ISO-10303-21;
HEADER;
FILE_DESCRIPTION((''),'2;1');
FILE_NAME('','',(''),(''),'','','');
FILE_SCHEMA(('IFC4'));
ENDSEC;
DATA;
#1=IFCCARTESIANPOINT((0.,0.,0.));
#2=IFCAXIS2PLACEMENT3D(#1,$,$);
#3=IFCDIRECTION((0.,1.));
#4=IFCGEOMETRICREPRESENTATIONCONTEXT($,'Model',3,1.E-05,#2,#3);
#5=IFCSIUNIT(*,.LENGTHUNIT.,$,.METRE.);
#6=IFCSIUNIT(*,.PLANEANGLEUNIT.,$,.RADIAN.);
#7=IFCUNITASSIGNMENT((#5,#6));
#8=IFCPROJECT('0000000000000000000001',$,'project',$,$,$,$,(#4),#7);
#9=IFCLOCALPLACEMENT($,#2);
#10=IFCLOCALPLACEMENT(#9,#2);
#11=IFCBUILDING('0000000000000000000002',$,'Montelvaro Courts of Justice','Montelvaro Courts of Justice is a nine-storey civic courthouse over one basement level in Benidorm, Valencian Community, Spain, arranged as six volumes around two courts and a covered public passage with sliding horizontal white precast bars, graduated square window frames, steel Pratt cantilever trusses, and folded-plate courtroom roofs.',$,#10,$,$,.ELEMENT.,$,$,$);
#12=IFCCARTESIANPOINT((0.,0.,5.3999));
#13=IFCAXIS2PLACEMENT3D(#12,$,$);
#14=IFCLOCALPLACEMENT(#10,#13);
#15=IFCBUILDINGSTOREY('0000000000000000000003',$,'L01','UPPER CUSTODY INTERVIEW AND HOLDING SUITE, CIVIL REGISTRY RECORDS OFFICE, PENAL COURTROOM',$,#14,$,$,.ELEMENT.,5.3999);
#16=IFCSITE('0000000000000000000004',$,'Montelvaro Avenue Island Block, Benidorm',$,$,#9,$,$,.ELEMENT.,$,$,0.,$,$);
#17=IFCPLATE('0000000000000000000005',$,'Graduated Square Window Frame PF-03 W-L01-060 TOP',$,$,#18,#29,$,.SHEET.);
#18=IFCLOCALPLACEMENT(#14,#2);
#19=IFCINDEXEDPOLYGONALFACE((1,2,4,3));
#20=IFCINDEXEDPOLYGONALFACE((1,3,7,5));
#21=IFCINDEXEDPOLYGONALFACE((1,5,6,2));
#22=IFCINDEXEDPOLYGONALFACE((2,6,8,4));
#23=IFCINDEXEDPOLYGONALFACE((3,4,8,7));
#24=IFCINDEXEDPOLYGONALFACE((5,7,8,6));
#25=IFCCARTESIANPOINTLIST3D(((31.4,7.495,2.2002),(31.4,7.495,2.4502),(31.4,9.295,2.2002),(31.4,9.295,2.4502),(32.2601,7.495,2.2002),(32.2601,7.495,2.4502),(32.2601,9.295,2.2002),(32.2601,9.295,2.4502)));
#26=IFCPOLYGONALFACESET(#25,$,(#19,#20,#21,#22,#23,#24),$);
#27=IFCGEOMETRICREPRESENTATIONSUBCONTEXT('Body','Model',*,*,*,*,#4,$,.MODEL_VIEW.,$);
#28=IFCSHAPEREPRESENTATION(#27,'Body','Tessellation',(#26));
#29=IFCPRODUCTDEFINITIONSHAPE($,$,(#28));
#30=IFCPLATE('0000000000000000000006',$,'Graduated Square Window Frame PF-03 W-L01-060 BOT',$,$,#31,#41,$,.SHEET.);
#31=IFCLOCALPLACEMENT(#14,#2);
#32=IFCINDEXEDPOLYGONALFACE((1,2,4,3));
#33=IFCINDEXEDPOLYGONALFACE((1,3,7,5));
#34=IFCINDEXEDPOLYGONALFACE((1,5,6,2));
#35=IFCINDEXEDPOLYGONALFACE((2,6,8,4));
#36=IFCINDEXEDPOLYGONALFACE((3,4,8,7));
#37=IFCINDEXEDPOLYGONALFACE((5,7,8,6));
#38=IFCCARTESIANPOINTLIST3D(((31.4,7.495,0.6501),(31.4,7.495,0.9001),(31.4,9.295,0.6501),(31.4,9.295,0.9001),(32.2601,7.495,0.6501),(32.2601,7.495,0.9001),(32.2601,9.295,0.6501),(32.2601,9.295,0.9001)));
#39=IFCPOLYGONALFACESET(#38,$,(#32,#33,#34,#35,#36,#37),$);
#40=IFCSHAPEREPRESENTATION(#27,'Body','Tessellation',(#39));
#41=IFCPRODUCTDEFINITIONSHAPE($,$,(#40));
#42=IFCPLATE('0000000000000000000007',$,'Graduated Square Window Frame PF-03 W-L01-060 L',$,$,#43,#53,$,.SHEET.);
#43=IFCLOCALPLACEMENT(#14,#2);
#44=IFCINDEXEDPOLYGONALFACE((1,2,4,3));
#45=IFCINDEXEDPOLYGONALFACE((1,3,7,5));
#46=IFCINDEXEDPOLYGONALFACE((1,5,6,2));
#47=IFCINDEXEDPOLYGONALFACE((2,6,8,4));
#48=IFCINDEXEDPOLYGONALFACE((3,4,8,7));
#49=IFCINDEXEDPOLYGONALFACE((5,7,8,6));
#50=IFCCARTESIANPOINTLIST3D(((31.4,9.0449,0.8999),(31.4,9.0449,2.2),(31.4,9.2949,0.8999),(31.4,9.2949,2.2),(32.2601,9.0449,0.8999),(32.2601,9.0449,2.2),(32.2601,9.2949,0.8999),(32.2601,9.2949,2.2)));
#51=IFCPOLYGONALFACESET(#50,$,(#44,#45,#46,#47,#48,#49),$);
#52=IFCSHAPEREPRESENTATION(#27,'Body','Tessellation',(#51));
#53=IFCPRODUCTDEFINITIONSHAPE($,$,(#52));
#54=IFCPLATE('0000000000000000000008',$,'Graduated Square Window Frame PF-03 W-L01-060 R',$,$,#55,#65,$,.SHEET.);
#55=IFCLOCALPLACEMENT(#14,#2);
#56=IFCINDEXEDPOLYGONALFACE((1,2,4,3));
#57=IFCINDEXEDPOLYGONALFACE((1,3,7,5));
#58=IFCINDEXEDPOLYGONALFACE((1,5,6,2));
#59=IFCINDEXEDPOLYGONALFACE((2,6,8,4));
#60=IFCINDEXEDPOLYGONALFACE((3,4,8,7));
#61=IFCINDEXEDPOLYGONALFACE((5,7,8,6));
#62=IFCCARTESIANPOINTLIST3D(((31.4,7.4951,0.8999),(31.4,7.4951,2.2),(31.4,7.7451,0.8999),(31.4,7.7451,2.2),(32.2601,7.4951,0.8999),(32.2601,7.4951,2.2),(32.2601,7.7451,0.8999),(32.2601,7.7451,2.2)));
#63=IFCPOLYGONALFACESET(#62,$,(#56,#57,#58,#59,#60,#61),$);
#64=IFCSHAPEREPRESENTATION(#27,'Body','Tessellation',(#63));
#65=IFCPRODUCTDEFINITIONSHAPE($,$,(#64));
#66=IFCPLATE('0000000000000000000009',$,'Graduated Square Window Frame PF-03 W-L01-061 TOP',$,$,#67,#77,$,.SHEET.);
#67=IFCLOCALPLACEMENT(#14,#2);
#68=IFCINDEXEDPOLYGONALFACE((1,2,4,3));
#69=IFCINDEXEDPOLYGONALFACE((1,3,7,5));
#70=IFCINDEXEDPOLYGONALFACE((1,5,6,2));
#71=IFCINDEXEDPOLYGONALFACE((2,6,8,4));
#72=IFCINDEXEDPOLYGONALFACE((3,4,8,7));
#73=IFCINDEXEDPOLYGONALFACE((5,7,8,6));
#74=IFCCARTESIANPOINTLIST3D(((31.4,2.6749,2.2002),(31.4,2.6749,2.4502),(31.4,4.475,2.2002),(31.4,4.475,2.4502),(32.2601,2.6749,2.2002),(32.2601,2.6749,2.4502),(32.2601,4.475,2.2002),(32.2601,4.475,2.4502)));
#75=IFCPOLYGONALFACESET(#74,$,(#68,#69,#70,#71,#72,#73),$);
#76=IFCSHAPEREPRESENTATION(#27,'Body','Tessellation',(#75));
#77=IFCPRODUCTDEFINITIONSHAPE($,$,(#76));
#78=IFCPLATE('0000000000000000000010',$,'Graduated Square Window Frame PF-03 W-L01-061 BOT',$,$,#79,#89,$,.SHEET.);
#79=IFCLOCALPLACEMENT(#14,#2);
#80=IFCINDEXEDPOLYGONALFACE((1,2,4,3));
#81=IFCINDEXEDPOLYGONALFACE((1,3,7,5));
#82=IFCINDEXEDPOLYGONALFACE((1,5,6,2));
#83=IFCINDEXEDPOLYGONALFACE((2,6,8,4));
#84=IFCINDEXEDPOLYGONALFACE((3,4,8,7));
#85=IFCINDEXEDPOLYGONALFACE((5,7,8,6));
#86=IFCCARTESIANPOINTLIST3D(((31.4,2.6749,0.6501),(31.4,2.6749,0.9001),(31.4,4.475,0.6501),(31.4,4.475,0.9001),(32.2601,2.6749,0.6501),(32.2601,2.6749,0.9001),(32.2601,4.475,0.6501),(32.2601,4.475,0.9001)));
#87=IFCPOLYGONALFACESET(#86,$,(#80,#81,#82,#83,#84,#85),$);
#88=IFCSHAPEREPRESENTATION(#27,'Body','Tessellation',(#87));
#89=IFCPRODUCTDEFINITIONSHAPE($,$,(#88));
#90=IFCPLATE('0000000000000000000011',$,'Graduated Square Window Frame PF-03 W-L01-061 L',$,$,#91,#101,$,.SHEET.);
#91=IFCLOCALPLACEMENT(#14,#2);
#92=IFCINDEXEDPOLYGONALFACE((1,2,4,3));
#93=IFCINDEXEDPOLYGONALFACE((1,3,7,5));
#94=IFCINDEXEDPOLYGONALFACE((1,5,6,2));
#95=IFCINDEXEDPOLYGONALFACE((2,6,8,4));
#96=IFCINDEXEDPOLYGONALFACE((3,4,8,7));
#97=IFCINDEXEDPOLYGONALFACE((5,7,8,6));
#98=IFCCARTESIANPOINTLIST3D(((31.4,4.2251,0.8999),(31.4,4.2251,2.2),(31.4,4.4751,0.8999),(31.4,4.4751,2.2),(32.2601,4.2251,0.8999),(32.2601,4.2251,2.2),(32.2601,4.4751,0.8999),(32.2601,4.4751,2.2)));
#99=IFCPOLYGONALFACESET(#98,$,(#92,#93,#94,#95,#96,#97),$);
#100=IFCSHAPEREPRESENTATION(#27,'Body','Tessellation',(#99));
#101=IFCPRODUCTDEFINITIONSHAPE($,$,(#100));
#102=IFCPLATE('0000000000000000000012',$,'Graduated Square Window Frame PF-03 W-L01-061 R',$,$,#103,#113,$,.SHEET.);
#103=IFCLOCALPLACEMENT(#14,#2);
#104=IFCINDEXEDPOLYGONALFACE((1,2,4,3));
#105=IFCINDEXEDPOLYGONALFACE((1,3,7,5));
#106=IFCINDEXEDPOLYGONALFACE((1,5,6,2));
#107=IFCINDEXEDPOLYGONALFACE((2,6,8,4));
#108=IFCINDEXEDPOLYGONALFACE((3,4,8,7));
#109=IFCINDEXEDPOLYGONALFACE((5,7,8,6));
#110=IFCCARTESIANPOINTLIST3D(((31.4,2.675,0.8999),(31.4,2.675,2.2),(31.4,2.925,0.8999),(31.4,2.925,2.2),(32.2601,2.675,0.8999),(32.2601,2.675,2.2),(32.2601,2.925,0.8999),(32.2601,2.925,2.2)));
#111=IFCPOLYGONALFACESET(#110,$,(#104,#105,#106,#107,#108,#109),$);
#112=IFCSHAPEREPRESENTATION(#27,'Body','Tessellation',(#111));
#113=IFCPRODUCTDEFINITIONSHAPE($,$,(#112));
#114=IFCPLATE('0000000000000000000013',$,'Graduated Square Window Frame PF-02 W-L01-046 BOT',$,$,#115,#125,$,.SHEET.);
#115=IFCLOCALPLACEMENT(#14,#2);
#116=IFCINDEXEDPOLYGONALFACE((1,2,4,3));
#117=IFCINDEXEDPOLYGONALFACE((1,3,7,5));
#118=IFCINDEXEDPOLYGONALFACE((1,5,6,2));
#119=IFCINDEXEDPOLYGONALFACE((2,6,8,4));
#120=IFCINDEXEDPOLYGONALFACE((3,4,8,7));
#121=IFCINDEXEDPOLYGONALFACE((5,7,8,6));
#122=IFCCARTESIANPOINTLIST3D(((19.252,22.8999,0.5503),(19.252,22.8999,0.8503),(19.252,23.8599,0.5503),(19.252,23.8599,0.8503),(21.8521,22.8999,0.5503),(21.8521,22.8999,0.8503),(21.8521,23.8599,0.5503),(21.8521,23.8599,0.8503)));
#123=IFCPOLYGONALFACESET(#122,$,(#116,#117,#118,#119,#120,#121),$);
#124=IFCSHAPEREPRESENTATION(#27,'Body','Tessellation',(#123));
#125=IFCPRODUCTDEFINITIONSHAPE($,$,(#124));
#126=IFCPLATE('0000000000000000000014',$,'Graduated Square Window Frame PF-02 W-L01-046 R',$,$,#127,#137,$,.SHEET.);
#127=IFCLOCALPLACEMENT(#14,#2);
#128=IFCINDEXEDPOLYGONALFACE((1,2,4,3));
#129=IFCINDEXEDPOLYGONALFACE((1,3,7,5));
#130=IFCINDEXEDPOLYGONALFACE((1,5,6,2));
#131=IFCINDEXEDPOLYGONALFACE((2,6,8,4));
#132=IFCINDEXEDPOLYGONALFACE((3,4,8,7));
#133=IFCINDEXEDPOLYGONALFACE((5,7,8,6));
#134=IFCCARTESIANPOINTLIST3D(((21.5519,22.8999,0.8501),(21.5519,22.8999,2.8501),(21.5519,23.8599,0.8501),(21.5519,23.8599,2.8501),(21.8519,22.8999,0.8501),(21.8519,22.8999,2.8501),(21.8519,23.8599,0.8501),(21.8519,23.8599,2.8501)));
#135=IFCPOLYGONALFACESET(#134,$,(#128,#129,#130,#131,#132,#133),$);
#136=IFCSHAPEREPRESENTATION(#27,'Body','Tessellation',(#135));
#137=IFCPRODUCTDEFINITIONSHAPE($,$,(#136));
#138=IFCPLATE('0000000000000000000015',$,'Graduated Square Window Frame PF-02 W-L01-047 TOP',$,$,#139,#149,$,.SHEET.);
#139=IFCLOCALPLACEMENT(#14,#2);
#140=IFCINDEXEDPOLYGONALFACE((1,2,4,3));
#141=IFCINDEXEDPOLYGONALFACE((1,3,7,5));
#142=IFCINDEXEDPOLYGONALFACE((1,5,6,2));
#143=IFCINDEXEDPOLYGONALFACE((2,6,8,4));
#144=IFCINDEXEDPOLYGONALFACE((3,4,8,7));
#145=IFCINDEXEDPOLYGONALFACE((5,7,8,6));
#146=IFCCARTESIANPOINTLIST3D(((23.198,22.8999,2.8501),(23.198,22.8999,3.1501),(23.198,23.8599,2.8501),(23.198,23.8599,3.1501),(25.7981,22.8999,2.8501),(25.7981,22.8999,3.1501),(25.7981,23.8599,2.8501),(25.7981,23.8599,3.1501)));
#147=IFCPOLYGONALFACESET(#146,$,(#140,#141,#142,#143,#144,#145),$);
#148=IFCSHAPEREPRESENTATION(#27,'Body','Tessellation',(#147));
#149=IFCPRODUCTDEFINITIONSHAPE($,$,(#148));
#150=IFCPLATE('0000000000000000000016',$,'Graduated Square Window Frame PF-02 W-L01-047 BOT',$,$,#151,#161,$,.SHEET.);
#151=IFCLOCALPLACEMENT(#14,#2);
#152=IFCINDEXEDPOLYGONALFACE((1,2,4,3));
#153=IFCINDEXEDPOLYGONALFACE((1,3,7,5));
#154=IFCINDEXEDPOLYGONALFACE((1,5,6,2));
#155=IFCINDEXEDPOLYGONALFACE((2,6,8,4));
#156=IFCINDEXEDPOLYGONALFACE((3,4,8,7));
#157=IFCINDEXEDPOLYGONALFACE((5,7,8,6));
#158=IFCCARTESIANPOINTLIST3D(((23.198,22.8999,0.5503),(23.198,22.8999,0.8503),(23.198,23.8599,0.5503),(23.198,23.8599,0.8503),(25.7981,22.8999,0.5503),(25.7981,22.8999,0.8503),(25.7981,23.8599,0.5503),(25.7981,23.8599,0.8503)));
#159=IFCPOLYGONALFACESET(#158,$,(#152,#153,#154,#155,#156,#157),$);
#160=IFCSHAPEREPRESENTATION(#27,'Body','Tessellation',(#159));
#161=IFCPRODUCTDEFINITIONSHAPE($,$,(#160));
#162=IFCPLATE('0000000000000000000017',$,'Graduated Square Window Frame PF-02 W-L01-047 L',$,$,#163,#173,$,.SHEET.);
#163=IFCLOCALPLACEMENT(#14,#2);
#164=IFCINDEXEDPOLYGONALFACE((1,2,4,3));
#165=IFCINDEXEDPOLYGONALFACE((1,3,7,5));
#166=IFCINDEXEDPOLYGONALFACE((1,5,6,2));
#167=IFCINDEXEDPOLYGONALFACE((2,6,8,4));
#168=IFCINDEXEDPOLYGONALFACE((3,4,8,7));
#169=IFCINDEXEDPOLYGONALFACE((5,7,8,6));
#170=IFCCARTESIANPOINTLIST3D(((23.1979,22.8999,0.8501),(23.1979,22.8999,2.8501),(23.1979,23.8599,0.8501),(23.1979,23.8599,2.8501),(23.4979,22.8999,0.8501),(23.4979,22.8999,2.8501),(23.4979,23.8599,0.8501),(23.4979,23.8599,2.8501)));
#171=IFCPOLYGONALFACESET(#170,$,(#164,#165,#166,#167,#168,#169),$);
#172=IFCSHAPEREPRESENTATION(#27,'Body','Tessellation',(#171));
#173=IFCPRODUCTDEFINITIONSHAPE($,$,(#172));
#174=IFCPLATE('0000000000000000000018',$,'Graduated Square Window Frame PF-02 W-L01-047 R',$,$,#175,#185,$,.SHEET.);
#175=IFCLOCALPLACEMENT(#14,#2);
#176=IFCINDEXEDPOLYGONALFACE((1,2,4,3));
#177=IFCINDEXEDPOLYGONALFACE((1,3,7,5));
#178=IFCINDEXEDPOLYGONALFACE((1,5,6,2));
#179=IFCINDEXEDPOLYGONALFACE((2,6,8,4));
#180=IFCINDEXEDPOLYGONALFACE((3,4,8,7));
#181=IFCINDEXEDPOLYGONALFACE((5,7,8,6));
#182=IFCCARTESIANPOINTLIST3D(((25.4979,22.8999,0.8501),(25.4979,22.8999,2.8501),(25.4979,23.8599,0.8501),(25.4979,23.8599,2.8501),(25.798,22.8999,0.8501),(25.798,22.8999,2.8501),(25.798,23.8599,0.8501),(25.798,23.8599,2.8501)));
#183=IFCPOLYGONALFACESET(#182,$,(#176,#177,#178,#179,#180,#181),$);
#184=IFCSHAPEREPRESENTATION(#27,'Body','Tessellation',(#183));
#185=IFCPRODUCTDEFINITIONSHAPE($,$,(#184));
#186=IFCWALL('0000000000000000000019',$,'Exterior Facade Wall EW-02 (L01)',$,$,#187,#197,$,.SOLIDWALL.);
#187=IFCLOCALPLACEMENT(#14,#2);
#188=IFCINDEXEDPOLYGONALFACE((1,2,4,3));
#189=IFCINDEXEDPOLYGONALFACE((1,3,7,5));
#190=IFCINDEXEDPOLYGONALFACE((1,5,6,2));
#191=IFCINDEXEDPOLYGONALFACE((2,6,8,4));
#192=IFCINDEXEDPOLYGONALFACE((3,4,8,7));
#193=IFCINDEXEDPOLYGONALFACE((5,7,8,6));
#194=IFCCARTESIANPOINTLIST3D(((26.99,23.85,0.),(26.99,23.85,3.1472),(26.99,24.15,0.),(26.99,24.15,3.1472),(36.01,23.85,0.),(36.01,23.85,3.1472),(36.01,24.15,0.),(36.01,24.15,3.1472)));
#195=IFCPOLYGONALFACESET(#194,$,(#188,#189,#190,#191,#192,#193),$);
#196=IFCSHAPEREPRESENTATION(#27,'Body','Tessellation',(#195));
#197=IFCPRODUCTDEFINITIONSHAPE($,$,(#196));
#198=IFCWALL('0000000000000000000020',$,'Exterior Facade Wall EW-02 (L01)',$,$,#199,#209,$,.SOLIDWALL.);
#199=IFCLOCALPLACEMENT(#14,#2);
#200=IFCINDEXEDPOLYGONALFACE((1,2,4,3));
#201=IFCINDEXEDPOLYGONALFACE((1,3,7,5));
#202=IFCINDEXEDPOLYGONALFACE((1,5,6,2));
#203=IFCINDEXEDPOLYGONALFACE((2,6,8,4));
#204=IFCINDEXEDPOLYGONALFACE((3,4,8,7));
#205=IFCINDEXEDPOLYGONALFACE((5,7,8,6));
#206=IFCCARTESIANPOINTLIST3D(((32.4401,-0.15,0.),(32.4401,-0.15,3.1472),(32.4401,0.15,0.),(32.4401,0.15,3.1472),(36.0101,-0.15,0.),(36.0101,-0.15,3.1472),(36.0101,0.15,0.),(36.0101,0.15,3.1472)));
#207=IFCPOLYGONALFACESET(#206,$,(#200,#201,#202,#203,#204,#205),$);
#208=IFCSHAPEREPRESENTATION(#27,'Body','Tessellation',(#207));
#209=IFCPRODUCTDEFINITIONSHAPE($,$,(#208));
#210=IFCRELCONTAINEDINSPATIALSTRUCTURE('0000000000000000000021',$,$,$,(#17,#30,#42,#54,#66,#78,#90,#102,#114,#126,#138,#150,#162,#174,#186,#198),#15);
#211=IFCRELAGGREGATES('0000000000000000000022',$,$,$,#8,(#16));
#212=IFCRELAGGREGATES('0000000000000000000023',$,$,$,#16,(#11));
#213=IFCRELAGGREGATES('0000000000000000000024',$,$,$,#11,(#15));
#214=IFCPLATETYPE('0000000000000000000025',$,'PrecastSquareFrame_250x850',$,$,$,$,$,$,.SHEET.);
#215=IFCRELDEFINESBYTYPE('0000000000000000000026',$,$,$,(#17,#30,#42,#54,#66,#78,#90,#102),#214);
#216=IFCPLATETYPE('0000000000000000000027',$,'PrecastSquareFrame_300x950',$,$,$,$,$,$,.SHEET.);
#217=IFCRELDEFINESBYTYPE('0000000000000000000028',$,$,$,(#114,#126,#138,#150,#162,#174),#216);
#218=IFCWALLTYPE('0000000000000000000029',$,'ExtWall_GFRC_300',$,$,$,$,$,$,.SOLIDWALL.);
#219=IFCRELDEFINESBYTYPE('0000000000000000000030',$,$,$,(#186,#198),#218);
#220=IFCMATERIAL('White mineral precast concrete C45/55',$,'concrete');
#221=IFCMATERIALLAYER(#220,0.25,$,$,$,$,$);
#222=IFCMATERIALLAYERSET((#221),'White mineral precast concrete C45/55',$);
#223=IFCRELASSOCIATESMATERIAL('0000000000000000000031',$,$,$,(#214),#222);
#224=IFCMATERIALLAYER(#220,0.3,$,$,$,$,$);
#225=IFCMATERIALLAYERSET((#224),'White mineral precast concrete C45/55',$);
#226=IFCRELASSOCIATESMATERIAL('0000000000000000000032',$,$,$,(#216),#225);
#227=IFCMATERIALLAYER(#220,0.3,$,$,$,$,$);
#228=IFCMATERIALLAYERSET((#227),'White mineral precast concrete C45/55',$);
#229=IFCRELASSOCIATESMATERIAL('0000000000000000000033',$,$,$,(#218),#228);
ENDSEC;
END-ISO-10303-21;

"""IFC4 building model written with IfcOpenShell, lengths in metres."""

from ifc_helpers import new_model, si_unit, direction, frame, frame_2d, origin, origin_2d, place, context, subcontext, project, spatial, rectangle, extrude, material, layer, layer_set, type_object, element, save


model = new_model("IFC4")

# Units and contexts
model_context = context("Model", 3, precision=1e-05, world=origin(), true_north=direction((0.0, 1.0)))
body_context = subcontext(model_context, "Body", "Model", "MODEL_VIEW")
ifc_project = project(units=[si_unit("LENGTHUNIT", "METRE"), si_unit("PLANEANGLEUNIT", "RADIAN")], contexts=[model_context])

# Site, building, storey
site_placement = place(None, origin())
site = spatial("IfcSite", under=ifc_project, at=site_placement, Name="Montelvaro Avenue Island Block, Benidorm", CompositionType="ELEMENT", RefElevation=0.0)
building_placement = place(site_placement, origin())
building = spatial("IfcBuilding", under=site, at=building_placement, Name="Montelvaro Courts of Justice", Description="Montelvaro Courts of Justice is a nine-storey civic courthouse over one basement level in Benidorm, Valencian Community, Spain, arranged as six volumes around two courts and a covered public passage with sliding horizontal white precast bars, graduated square window frames, steel Pratt cantilever trusses, and folded-plate courtroom roofs.", CompositionType="ELEMENT")
storey_placement = place(building_placement, frame((0.0, 0.0, 5.3999)))
storey = spatial("IfcBuildingStorey", under=building, at=storey_placement, Name="L01", Description="UPPER CUSTODY INTERVIEW AND HOLDING SUITE, CIVIL REGISTRY RECORDS OFFICE, PENAL COURTROOM", CompositionType="ELEMENT", Elevation=5.3999)

# Plates
ifc_material_1 = material(Name="White mineral precast concrete C45/55", Category="concrete")
ifc_layer_1 = layer(ifc_material_1, 0.25)
ifc_layer_set_1 = layer_set([ifc_layer_1], Name="White mineral precast concrete C45/55")
plate_type_1 = type_object("IfcPlateType", Name="PrecastSquareFrame_250x850", PredefinedType="SHEET", material=ifc_layer_set_1)
for number, where, z_axis, x_axis, name in (
    (1, (31.8301, 8.395, 2.2002), (0.0, 0.0, 1.0), (0.0, -1.0, 0.0), "Graduated Square Window Frame PF-03 W-L01-060 TOP"),
    (2, (31.8301, 8.395, 0.6501), (0.0, 0.0, 1.0), (0.0, -1.0, 0.0), "Graduated Square Window Frame PF-03 W-L01-060 BOT"),
):
    element("IfcPlate", number, at=place(storey_placement, frame(where, z_axis=z_axis, x_axis=x_axis)), inside=storey, type_object=plate_type_1, Name=name, PredefinedType="SHEET", context=body_context, shape_type="SweptSolid", body=[
        extrude(rectangle(XDim=1.8, YDim=0.8601, at=origin_2d()), origin(), (0.0, 0.0, 1.0), 0.25),
    ])
for number, where, z_axis, x_axis, name in (
    (3, (31.8301, 9.1699, 0.8999), (0.0, 0.0, 1.0), (0.0, -1.0, 0.0), "Graduated Square Window Frame PF-03 W-L01-060 L"),
    (4, (31.8301, 7.6201, 0.8999), (0.0, 0.0, 1.0), (0.0, -1.0, 0.0), "Graduated Square Window Frame PF-03 W-L01-060 R"),
):
    element("IfcPlate", number, at=place(storey_placement, frame(where, z_axis=z_axis, x_axis=x_axis)), inside=storey, type_object=plate_type_1, Name=name, PredefinedType="SHEET", context=body_context, shape_type="SweptSolid", body=[
        extrude(rectangle(XDim=0.25, YDim=0.8601, at=origin_2d()), origin(), (0.0, 0.0, 1.0), 1.3),
    ])
for number, where, z_axis, x_axis, name in (
    (5, (31.8301, 3.575, 2.2002), (0.0, 0.0, 1.0), (0.0, -1.0, 0.0), "Graduated Square Window Frame PF-03 W-L01-061 TOP"),
    (6, (31.8301, 3.575, 0.6501), (0.0, 0.0, 1.0), (0.0, -1.0, 0.0), "Graduated Square Window Frame PF-03 W-L01-061 BOT"),
):
    element("IfcPlate", number, at=place(storey_placement, frame(where, z_axis=z_axis, x_axis=x_axis)), inside=storey, type_object=plate_type_1, Name=name, PredefinedType="SHEET", context=body_context, shape_type="SweptSolid", body=[
        extrude(rectangle(XDim=1.8, YDim=0.8601, at=origin_2d()), origin(), (0.0, 0.0, 1.0), 0.25),
    ])
for number, where, z_axis, x_axis, name in (
    (7, (31.8301, 4.3501, 0.8999), (0.0, 0.0, 1.0), (0.0, -1.0, 0.0), "Graduated Square Window Frame PF-03 W-L01-061 L"),
    (8, (31.8301, 2.8, 0.8999), (0.0, 0.0, 1.0), (0.0, -1.0, 0.0), "Graduated Square Window Frame PF-03 W-L01-061 R"),
):
    element("IfcPlate", number, at=place(storey_placement, frame(where, z_axis=z_axis, x_axis=x_axis)), inside=storey, type_object=plate_type_1, Name=name, PredefinedType="SHEET", context=body_context, shape_type="SweptSolid", body=[
        extrude(rectangle(XDim=0.25, YDim=0.8601, at=origin_2d()), origin(), (0.0, 0.0, 1.0), 1.3),
    ])
ifc_layer_2 = layer(ifc_material_1, 0.3)
ifc_layer_set_2 = layer_set([ifc_layer_2], Name="White mineral precast concrete C45/55")
plate_type_2 = type_object("IfcPlateType", Name="PrecastSquareFrame_300x950", PredefinedType="SHEET", material=ifc_layer_set_2)
plate_1_placement = place(storey_placement, frame((20.552, 23.3799, 0.5503), z_axis=(0.0, 0.0, 1.0), x_axis=(1.0, 0.0, 0.0)))
element("IfcPlate", 9, at=plate_1_placement, inside=storey, type_object=plate_type_2, Name="Graduated Square Window Frame PF-02 W-L01-046 BOT", PredefinedType="SHEET", context=body_context, shape_type="SweptSolid", body=[
    extrude(rectangle(XDim=2.6001, YDim=0.96, at=origin_2d()), origin(), (0.0, 0.0, 1.0), 0.3),
])
plate_2_placement = place(storey_placement, frame((21.7019, 23.3799, 0.8501), z_axis=(0.0, 0.0, 1.0), x_axis=(1.0, 0.0, 0.0)))
element("IfcPlate", 10, at=plate_2_placement, inside=storey, type_object=plate_type_2, Name="Graduated Square Window Frame PF-02 W-L01-046 R", PredefinedType="SHEET", context=body_context, shape_type="SweptSolid", body=[
    extrude(rectangle(XDim=0.3, YDim=0.96, at=origin_2d()), origin(), (0.0, 0.0, 1.0), 2.0),
])
for number, where, z_axis, x_axis, name in (
    (11, (24.498, 23.3799, 2.8501), (0.0, 0.0, 1.0), (1.0, 0.0, 0.0), "Graduated Square Window Frame PF-02 W-L01-047 TOP"),
    (12, (24.498, 23.3799, 0.5503), (0.0, 0.0, 1.0), (1.0, 0.0, 0.0), "Graduated Square Window Frame PF-02 W-L01-047 BOT"),
):
    element("IfcPlate", number, at=place(storey_placement, frame(where, z_axis=z_axis, x_axis=x_axis)), inside=storey, type_object=plate_type_2, Name=name, PredefinedType="SHEET", context=body_context, shape_type="SweptSolid", body=[
        extrude(rectangle(XDim=2.6001, YDim=0.96, at=origin_2d()), origin(), (0.0, 0.0, 1.0), 0.3),
    ])
for number, where, z_axis, x_axis, name in (
    (13, (23.3479, 23.3799, 0.8501), (0.0, 0.0, 1.0), (1.0, 0.0, 0.0), "Graduated Square Window Frame PF-02 W-L01-047 L"),
    (14, (25.6479, 23.3799, 0.8501), (0.0, 0.0, 1.0), (1.0, 0.0, 0.0), "Graduated Square Window Frame PF-02 W-L01-047 R"),
):
    element("IfcPlate", number, at=place(storey_placement, frame(where, z_axis=z_axis, x_axis=x_axis)), inside=storey, type_object=plate_type_2, Name=name, PredefinedType="SHEET", context=body_context, shape_type="SweptSolid", body=[
        extrude(rectangle(XDim=0.3, YDim=0.96, at=origin_2d()), origin(), (0.0, 0.0, 1.0), 2.0),
    ])

# Walls
ifc_layer_3 = layer(ifc_material_1, 0.3)
ifc_layer_set_3 = layer_set([ifc_layer_3], Name="White mineral precast concrete C45/55")
wall_type = type_object("IfcWallType", Name="ExtWall_GFRC_300", PredefinedType="SOLIDWALL", material=ifc_layer_set_3)
wall_1_placement = place(storey_placement, frame((26.99, 24.0, 0.0), z_axis=(0.0, 0.0, 1.0), x_axis=(1.0, 0.0, 0.0)))
element("IfcWall", 15, at=wall_1_placement, inside=storey, type_object=wall_type, Name="Exterior Facade Wall EW-02 (L01)", PredefinedType="SOLIDWALL", context=body_context, shape_type="SweptSolid", body=[
    extrude(rectangle(XDim=9.02, YDim=0.3, at=frame_2d((4.51, 0.0))), origin(), (0.0, 0.0, 1.0), 3.1472),
])
wall_2_placement = place(storey_placement, frame((32.4399, 0.0, 0.0), z_axis=(0.0, 0.0, 1.0), x_axis=(1.0, 0.0, 0.0)))
element("IfcWall", 16, at=wall_2_placement, inside=storey, type_object=wall_type, Name="Exterior Facade Wall EW-02 (L01)", PredefinedType="SOLIDWALL", context=body_context, shape_type="SweptSolid", body=[
    extrude(rectangle(XDim=3.5701, YDim=0.3, at=frame_2d((1.7852, 0.0))), origin(), (0.0, 0.0, 1.0), 3.1472),
])

save(model, "model.ifc")
